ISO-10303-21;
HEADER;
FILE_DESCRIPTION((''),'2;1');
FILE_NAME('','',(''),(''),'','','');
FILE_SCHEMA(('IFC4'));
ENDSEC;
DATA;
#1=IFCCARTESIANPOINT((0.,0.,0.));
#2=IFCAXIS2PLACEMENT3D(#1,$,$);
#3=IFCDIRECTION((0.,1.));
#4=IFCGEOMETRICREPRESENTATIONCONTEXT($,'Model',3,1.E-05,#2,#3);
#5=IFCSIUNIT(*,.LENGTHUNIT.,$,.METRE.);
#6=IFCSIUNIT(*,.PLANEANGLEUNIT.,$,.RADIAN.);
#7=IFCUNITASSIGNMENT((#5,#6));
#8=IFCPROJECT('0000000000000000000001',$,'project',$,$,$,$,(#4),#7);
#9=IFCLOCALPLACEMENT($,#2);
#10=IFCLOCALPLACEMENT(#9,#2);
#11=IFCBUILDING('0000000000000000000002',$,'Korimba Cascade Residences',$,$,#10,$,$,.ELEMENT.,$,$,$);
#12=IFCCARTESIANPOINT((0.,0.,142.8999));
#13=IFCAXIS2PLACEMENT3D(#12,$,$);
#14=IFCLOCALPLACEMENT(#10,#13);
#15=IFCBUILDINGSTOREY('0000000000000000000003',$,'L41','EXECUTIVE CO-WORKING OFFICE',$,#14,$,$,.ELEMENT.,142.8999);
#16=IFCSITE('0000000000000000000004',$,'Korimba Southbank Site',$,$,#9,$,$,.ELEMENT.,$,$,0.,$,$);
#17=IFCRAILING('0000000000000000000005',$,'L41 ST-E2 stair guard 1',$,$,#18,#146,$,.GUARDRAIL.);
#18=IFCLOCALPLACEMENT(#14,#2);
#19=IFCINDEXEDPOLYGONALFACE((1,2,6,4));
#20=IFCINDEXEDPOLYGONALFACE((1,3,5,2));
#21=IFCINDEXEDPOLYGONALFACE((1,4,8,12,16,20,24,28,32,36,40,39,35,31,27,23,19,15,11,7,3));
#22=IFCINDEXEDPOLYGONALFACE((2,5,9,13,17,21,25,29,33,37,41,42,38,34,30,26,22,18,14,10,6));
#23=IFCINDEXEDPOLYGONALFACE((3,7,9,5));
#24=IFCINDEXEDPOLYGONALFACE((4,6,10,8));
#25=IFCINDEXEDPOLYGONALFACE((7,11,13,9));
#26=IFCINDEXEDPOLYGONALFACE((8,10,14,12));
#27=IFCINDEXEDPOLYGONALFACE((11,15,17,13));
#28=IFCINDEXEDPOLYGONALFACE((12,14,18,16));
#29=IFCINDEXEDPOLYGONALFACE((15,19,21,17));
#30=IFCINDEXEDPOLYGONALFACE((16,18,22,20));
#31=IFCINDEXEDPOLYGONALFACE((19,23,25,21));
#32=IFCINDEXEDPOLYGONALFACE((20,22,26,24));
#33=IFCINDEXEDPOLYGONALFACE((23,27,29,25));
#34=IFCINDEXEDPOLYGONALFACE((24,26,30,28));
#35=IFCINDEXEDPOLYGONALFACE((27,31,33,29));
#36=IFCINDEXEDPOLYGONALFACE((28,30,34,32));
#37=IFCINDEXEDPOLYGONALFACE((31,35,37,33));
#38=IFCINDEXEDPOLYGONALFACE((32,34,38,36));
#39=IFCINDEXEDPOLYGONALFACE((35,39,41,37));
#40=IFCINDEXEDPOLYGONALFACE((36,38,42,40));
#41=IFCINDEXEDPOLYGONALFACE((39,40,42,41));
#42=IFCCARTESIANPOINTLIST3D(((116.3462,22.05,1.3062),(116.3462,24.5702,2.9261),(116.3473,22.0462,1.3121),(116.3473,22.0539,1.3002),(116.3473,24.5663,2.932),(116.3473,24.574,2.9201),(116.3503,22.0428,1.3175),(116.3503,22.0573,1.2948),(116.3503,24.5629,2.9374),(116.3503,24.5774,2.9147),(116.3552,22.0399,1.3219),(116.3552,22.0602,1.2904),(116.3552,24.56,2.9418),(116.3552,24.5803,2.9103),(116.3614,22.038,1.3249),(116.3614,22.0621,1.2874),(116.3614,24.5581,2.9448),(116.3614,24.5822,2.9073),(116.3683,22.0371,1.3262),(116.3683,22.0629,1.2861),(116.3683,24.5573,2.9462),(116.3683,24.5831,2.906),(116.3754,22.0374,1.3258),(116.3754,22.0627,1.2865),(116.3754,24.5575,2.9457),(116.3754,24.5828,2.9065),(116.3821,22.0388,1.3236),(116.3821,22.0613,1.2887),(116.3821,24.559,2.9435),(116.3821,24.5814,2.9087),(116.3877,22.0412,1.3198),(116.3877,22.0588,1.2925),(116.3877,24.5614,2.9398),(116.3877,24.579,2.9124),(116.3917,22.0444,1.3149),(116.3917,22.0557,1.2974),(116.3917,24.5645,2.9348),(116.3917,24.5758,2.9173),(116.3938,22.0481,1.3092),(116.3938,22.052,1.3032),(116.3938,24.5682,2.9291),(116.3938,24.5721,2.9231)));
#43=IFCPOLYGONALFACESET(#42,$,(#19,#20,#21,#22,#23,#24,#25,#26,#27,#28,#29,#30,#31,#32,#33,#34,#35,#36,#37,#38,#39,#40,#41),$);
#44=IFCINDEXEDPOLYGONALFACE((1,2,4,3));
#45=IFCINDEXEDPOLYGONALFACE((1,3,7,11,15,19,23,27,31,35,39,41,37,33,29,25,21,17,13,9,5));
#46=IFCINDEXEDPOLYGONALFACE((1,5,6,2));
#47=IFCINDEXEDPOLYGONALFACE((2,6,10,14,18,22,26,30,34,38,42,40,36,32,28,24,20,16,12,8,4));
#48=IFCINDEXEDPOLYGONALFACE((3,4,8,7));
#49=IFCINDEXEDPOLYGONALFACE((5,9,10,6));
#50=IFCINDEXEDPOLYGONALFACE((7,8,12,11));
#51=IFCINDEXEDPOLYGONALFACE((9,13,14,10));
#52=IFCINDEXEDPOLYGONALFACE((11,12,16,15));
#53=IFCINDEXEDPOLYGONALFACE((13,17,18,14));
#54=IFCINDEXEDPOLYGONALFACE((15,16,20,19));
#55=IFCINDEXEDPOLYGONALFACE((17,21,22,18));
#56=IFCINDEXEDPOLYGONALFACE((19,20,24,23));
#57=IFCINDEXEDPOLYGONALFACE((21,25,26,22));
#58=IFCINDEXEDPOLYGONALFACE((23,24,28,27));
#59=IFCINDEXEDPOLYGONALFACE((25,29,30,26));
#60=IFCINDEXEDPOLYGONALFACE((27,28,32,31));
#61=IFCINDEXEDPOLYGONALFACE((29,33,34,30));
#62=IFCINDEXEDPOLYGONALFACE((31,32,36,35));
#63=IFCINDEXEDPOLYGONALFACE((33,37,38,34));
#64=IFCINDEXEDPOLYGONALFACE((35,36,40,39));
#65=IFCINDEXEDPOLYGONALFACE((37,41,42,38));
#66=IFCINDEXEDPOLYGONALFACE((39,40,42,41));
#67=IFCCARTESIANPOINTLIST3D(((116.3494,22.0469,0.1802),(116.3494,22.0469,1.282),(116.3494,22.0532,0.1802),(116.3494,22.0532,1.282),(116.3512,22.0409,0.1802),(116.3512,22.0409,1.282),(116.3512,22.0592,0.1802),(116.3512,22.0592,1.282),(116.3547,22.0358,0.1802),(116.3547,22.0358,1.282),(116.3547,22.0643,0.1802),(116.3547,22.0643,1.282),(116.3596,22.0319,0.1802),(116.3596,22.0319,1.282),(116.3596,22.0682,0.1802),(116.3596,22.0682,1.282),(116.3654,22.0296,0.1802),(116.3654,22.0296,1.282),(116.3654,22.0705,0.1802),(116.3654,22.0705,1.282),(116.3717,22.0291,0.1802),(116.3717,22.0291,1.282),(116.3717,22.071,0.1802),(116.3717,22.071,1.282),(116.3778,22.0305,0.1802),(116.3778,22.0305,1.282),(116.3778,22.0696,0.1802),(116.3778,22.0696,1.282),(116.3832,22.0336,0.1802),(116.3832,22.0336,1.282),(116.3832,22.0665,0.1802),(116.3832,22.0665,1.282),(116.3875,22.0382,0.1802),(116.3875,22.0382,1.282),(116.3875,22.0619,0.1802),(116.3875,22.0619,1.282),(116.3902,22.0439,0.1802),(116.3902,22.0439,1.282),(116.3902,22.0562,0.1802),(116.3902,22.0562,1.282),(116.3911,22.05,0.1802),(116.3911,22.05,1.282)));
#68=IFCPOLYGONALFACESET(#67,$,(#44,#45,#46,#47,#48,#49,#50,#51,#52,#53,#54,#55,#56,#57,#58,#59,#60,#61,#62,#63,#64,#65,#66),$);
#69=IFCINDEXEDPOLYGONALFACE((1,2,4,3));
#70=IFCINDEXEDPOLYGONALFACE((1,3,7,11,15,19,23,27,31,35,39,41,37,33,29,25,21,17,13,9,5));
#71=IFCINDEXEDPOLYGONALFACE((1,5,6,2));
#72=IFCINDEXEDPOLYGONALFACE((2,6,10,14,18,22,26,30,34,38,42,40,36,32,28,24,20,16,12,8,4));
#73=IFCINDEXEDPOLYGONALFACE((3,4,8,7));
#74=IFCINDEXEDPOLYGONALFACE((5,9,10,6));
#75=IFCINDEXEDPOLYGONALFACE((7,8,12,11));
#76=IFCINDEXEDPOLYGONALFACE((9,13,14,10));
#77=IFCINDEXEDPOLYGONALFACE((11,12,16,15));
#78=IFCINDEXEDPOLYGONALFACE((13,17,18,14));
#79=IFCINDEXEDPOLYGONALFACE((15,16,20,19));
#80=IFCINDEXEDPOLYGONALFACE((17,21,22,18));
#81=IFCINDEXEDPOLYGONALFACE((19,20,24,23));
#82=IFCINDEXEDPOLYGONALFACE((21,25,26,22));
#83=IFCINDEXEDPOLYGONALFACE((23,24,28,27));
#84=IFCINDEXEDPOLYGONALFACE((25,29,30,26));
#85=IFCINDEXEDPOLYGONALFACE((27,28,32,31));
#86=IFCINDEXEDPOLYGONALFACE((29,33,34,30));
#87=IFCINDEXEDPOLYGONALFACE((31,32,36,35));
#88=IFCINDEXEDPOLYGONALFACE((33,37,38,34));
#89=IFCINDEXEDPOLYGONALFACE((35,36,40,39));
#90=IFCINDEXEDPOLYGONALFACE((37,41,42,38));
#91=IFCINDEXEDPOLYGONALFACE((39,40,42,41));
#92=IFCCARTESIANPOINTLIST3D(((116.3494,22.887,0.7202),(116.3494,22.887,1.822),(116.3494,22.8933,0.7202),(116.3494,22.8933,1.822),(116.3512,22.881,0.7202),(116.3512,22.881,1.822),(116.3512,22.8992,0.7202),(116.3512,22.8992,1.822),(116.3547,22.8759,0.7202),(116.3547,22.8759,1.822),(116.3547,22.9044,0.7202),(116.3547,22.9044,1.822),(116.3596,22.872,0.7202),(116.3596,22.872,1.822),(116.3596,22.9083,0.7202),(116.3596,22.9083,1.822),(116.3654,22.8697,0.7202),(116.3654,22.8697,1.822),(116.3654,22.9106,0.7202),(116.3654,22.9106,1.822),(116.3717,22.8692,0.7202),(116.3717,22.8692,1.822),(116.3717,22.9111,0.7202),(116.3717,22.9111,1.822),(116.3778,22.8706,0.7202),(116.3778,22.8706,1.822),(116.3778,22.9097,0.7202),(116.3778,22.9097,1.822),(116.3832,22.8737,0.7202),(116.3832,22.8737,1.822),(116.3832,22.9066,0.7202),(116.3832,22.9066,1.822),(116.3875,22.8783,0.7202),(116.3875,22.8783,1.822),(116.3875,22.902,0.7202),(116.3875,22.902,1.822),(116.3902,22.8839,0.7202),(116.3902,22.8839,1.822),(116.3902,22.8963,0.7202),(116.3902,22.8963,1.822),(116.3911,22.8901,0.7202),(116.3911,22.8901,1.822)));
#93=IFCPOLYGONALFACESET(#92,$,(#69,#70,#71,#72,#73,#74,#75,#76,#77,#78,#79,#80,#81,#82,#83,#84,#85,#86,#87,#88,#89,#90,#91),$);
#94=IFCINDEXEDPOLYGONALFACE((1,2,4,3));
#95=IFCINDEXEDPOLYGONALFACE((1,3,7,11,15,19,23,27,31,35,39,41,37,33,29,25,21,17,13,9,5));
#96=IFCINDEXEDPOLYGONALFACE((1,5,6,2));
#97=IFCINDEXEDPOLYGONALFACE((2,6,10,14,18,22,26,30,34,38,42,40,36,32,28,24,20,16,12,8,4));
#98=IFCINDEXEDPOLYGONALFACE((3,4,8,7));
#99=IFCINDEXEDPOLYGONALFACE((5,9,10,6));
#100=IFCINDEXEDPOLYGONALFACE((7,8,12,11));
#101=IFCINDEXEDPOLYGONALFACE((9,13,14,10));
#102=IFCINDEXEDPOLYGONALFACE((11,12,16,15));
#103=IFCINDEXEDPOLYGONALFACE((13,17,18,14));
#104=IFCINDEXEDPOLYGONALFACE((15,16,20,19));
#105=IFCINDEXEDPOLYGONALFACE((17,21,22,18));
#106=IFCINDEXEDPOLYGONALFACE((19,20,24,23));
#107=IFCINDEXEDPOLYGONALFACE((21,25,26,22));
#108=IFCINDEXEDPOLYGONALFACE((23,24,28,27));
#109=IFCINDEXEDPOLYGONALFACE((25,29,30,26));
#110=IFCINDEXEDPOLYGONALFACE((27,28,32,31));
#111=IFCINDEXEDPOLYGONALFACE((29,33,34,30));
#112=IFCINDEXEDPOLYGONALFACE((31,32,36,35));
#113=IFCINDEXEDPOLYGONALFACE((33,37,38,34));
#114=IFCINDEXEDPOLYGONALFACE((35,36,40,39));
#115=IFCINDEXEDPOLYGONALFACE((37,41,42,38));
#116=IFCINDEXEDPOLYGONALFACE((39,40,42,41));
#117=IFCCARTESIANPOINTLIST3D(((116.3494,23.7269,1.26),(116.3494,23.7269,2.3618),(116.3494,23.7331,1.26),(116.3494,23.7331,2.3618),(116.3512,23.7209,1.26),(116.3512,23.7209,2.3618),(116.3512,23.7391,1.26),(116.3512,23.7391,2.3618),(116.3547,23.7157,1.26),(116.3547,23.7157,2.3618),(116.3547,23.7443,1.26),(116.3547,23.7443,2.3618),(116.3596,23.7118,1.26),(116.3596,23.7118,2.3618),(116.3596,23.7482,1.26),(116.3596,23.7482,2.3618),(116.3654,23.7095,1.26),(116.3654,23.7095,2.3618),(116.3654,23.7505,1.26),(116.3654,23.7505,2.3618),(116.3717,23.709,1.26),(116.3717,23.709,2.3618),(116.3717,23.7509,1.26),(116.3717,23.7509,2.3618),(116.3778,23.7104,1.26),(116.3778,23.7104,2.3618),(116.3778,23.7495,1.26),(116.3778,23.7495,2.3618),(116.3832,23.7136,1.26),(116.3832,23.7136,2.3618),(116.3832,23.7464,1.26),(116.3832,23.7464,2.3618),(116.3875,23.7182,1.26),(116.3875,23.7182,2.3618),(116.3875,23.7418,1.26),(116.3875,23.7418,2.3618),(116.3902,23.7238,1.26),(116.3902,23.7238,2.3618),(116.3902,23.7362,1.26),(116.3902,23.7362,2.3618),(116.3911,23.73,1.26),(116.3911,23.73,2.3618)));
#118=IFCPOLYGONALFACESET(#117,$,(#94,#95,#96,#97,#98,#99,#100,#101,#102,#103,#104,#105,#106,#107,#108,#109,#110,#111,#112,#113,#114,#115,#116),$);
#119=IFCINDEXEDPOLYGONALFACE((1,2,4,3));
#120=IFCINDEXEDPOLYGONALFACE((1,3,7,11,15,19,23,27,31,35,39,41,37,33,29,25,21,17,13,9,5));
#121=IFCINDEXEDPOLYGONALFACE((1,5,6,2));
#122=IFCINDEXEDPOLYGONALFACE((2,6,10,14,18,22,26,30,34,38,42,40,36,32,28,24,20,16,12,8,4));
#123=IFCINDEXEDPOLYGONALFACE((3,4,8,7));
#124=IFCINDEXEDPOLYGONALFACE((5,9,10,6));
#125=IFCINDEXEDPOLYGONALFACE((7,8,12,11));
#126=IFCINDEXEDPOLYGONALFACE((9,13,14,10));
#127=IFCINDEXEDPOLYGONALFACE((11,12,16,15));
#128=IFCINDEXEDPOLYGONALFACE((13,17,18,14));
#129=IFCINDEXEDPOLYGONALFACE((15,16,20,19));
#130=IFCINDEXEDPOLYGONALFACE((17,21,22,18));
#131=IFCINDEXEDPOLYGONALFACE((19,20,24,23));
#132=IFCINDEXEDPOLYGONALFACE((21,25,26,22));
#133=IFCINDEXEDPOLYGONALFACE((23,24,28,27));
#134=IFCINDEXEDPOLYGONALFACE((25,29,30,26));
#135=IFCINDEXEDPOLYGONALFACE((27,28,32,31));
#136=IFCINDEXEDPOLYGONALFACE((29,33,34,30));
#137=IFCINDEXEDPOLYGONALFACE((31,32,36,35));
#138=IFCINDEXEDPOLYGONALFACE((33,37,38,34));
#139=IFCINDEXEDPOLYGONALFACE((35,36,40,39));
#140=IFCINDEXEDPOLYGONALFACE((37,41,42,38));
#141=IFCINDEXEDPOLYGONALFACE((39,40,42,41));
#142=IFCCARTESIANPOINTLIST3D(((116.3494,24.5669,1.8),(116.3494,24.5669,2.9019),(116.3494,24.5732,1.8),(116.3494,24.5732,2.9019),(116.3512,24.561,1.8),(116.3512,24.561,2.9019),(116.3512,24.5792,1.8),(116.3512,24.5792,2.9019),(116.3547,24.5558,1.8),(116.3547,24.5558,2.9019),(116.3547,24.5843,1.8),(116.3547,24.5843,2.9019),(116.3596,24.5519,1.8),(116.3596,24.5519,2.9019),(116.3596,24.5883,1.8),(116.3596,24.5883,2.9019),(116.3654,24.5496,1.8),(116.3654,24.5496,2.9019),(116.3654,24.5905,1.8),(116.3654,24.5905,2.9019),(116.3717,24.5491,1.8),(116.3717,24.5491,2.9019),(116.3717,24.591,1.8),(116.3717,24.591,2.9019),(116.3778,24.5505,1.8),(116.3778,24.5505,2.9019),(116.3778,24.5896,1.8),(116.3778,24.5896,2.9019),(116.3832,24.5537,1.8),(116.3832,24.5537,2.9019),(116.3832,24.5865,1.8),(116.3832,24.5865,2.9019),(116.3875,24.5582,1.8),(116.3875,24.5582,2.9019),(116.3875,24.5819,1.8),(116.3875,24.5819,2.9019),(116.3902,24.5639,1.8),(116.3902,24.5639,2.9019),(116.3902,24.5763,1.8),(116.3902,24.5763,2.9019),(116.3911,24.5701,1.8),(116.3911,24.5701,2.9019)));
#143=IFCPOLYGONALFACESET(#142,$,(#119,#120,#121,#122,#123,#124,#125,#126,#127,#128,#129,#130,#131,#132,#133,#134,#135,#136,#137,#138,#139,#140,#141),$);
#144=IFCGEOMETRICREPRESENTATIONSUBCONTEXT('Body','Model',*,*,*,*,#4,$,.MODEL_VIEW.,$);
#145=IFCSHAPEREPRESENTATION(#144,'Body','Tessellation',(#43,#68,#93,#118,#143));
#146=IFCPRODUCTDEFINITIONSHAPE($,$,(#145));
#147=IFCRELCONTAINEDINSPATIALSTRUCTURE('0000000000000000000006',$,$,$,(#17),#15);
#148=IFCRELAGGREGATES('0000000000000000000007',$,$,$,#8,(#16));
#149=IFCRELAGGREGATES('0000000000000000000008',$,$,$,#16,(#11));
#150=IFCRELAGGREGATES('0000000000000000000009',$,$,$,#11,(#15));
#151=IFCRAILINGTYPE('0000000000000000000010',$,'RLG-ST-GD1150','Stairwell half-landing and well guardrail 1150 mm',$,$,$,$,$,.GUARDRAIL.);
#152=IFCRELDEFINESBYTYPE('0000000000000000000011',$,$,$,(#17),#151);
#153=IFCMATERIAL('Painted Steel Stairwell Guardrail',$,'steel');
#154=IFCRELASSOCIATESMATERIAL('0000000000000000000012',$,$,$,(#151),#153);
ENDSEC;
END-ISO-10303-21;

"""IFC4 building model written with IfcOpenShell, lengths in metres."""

from ifc_helpers import new_model, si_unit, direction, frame, origin, origin_2d, place, context, subcontext, project, spatial, circle, extrude, material, type_object, element, save


model = new_model("IFC4")

# Units and contexts
model_context = context("Model", 3, precision=1e-05, world=origin(), true_north=direction((0.0, 1.0)))
body_context = subcontext(model_context, "Body", "Model", "MODEL_VIEW")
ifc_project = project(units=[si_unit("LENGTHUNIT", "METRE"), si_unit("PLANEANGLEUNIT", "RADIAN")], contexts=[model_context])

# Site, building, storey
site_placement = place(None, origin())
site = spatial("IfcSite", under=ifc_project, at=site_placement, Name="Korimba Southbank Site", CompositionType="ELEMENT", RefElevation=0.0)
building_placement = place(site_placement, origin())
building = spatial("IfcBuilding", under=site, at=building_placement, Name="Korimba Cascade Residences", CompositionType="ELEMENT")
storey_placement = place(building_placement, frame((0.0, 0.0, 142.8999)))
storey = spatial("IfcBuildingStorey", under=building, at=storey_placement, Name="L41", Description="EXECUTIVE CO-WORKING OFFICE", CompositionType="ELEMENT", Elevation=142.8999)

# Railing
ifc_material_1 = material(Name="Painted Steel Stairwell Guardrail", Category="steel")
railing_type_1 = type_object("IfcRailingType", Name="RLG-ST-GD1150", Description="Stairwell half-landing and well guardrail 1150 mm", PredefinedType="GUARDRAIL", material=ifc_material_1)
railing_1_placement = place(storey_placement, frame((116.3701, 22.05, 0.1802)))
element("IfcRailing", 1, at=railing_1_placement, inside=storey, type_object=railing_type_1, Name="L41 ST-E2 stair guard 1", PredefinedType="GUARDRAIL", context=body_context, shape_type="SweptSolid", body=[
    extrude(circle(Radius=0.0239, at=origin_2d()), frame((0.0, 0.0, 1.126), z_axis=(0.0, 0.8412, 0.540725), x_axis=(-1.0, 0.0, 0.0)), (0.0, 0.0, 1.0), 2.9958),
    extrude(circle(Radius=0.021, at=origin_2d()), origin(), (0.0, 0.0, 1.0), 1.1018),
    extrude(circle(Radius=0.021, at=origin_2d()), frame((0.0, 0.8401, 0.54)), (0.0, 0.0, 1.0), 1.1018),
    extrude(circle(Radius=0.021, at=origin_2d()), frame((0.0, 1.6799, 1.0798)), (0.0, 0.0, 1.0), 1.1018),
    extrude(circle(Radius=0.021, at=origin_2d()), frame((0.0, 2.52, 1.6199)), (0.0, 0.0, 1.0), 1.1018),
])

save(model, "model.ifc")
